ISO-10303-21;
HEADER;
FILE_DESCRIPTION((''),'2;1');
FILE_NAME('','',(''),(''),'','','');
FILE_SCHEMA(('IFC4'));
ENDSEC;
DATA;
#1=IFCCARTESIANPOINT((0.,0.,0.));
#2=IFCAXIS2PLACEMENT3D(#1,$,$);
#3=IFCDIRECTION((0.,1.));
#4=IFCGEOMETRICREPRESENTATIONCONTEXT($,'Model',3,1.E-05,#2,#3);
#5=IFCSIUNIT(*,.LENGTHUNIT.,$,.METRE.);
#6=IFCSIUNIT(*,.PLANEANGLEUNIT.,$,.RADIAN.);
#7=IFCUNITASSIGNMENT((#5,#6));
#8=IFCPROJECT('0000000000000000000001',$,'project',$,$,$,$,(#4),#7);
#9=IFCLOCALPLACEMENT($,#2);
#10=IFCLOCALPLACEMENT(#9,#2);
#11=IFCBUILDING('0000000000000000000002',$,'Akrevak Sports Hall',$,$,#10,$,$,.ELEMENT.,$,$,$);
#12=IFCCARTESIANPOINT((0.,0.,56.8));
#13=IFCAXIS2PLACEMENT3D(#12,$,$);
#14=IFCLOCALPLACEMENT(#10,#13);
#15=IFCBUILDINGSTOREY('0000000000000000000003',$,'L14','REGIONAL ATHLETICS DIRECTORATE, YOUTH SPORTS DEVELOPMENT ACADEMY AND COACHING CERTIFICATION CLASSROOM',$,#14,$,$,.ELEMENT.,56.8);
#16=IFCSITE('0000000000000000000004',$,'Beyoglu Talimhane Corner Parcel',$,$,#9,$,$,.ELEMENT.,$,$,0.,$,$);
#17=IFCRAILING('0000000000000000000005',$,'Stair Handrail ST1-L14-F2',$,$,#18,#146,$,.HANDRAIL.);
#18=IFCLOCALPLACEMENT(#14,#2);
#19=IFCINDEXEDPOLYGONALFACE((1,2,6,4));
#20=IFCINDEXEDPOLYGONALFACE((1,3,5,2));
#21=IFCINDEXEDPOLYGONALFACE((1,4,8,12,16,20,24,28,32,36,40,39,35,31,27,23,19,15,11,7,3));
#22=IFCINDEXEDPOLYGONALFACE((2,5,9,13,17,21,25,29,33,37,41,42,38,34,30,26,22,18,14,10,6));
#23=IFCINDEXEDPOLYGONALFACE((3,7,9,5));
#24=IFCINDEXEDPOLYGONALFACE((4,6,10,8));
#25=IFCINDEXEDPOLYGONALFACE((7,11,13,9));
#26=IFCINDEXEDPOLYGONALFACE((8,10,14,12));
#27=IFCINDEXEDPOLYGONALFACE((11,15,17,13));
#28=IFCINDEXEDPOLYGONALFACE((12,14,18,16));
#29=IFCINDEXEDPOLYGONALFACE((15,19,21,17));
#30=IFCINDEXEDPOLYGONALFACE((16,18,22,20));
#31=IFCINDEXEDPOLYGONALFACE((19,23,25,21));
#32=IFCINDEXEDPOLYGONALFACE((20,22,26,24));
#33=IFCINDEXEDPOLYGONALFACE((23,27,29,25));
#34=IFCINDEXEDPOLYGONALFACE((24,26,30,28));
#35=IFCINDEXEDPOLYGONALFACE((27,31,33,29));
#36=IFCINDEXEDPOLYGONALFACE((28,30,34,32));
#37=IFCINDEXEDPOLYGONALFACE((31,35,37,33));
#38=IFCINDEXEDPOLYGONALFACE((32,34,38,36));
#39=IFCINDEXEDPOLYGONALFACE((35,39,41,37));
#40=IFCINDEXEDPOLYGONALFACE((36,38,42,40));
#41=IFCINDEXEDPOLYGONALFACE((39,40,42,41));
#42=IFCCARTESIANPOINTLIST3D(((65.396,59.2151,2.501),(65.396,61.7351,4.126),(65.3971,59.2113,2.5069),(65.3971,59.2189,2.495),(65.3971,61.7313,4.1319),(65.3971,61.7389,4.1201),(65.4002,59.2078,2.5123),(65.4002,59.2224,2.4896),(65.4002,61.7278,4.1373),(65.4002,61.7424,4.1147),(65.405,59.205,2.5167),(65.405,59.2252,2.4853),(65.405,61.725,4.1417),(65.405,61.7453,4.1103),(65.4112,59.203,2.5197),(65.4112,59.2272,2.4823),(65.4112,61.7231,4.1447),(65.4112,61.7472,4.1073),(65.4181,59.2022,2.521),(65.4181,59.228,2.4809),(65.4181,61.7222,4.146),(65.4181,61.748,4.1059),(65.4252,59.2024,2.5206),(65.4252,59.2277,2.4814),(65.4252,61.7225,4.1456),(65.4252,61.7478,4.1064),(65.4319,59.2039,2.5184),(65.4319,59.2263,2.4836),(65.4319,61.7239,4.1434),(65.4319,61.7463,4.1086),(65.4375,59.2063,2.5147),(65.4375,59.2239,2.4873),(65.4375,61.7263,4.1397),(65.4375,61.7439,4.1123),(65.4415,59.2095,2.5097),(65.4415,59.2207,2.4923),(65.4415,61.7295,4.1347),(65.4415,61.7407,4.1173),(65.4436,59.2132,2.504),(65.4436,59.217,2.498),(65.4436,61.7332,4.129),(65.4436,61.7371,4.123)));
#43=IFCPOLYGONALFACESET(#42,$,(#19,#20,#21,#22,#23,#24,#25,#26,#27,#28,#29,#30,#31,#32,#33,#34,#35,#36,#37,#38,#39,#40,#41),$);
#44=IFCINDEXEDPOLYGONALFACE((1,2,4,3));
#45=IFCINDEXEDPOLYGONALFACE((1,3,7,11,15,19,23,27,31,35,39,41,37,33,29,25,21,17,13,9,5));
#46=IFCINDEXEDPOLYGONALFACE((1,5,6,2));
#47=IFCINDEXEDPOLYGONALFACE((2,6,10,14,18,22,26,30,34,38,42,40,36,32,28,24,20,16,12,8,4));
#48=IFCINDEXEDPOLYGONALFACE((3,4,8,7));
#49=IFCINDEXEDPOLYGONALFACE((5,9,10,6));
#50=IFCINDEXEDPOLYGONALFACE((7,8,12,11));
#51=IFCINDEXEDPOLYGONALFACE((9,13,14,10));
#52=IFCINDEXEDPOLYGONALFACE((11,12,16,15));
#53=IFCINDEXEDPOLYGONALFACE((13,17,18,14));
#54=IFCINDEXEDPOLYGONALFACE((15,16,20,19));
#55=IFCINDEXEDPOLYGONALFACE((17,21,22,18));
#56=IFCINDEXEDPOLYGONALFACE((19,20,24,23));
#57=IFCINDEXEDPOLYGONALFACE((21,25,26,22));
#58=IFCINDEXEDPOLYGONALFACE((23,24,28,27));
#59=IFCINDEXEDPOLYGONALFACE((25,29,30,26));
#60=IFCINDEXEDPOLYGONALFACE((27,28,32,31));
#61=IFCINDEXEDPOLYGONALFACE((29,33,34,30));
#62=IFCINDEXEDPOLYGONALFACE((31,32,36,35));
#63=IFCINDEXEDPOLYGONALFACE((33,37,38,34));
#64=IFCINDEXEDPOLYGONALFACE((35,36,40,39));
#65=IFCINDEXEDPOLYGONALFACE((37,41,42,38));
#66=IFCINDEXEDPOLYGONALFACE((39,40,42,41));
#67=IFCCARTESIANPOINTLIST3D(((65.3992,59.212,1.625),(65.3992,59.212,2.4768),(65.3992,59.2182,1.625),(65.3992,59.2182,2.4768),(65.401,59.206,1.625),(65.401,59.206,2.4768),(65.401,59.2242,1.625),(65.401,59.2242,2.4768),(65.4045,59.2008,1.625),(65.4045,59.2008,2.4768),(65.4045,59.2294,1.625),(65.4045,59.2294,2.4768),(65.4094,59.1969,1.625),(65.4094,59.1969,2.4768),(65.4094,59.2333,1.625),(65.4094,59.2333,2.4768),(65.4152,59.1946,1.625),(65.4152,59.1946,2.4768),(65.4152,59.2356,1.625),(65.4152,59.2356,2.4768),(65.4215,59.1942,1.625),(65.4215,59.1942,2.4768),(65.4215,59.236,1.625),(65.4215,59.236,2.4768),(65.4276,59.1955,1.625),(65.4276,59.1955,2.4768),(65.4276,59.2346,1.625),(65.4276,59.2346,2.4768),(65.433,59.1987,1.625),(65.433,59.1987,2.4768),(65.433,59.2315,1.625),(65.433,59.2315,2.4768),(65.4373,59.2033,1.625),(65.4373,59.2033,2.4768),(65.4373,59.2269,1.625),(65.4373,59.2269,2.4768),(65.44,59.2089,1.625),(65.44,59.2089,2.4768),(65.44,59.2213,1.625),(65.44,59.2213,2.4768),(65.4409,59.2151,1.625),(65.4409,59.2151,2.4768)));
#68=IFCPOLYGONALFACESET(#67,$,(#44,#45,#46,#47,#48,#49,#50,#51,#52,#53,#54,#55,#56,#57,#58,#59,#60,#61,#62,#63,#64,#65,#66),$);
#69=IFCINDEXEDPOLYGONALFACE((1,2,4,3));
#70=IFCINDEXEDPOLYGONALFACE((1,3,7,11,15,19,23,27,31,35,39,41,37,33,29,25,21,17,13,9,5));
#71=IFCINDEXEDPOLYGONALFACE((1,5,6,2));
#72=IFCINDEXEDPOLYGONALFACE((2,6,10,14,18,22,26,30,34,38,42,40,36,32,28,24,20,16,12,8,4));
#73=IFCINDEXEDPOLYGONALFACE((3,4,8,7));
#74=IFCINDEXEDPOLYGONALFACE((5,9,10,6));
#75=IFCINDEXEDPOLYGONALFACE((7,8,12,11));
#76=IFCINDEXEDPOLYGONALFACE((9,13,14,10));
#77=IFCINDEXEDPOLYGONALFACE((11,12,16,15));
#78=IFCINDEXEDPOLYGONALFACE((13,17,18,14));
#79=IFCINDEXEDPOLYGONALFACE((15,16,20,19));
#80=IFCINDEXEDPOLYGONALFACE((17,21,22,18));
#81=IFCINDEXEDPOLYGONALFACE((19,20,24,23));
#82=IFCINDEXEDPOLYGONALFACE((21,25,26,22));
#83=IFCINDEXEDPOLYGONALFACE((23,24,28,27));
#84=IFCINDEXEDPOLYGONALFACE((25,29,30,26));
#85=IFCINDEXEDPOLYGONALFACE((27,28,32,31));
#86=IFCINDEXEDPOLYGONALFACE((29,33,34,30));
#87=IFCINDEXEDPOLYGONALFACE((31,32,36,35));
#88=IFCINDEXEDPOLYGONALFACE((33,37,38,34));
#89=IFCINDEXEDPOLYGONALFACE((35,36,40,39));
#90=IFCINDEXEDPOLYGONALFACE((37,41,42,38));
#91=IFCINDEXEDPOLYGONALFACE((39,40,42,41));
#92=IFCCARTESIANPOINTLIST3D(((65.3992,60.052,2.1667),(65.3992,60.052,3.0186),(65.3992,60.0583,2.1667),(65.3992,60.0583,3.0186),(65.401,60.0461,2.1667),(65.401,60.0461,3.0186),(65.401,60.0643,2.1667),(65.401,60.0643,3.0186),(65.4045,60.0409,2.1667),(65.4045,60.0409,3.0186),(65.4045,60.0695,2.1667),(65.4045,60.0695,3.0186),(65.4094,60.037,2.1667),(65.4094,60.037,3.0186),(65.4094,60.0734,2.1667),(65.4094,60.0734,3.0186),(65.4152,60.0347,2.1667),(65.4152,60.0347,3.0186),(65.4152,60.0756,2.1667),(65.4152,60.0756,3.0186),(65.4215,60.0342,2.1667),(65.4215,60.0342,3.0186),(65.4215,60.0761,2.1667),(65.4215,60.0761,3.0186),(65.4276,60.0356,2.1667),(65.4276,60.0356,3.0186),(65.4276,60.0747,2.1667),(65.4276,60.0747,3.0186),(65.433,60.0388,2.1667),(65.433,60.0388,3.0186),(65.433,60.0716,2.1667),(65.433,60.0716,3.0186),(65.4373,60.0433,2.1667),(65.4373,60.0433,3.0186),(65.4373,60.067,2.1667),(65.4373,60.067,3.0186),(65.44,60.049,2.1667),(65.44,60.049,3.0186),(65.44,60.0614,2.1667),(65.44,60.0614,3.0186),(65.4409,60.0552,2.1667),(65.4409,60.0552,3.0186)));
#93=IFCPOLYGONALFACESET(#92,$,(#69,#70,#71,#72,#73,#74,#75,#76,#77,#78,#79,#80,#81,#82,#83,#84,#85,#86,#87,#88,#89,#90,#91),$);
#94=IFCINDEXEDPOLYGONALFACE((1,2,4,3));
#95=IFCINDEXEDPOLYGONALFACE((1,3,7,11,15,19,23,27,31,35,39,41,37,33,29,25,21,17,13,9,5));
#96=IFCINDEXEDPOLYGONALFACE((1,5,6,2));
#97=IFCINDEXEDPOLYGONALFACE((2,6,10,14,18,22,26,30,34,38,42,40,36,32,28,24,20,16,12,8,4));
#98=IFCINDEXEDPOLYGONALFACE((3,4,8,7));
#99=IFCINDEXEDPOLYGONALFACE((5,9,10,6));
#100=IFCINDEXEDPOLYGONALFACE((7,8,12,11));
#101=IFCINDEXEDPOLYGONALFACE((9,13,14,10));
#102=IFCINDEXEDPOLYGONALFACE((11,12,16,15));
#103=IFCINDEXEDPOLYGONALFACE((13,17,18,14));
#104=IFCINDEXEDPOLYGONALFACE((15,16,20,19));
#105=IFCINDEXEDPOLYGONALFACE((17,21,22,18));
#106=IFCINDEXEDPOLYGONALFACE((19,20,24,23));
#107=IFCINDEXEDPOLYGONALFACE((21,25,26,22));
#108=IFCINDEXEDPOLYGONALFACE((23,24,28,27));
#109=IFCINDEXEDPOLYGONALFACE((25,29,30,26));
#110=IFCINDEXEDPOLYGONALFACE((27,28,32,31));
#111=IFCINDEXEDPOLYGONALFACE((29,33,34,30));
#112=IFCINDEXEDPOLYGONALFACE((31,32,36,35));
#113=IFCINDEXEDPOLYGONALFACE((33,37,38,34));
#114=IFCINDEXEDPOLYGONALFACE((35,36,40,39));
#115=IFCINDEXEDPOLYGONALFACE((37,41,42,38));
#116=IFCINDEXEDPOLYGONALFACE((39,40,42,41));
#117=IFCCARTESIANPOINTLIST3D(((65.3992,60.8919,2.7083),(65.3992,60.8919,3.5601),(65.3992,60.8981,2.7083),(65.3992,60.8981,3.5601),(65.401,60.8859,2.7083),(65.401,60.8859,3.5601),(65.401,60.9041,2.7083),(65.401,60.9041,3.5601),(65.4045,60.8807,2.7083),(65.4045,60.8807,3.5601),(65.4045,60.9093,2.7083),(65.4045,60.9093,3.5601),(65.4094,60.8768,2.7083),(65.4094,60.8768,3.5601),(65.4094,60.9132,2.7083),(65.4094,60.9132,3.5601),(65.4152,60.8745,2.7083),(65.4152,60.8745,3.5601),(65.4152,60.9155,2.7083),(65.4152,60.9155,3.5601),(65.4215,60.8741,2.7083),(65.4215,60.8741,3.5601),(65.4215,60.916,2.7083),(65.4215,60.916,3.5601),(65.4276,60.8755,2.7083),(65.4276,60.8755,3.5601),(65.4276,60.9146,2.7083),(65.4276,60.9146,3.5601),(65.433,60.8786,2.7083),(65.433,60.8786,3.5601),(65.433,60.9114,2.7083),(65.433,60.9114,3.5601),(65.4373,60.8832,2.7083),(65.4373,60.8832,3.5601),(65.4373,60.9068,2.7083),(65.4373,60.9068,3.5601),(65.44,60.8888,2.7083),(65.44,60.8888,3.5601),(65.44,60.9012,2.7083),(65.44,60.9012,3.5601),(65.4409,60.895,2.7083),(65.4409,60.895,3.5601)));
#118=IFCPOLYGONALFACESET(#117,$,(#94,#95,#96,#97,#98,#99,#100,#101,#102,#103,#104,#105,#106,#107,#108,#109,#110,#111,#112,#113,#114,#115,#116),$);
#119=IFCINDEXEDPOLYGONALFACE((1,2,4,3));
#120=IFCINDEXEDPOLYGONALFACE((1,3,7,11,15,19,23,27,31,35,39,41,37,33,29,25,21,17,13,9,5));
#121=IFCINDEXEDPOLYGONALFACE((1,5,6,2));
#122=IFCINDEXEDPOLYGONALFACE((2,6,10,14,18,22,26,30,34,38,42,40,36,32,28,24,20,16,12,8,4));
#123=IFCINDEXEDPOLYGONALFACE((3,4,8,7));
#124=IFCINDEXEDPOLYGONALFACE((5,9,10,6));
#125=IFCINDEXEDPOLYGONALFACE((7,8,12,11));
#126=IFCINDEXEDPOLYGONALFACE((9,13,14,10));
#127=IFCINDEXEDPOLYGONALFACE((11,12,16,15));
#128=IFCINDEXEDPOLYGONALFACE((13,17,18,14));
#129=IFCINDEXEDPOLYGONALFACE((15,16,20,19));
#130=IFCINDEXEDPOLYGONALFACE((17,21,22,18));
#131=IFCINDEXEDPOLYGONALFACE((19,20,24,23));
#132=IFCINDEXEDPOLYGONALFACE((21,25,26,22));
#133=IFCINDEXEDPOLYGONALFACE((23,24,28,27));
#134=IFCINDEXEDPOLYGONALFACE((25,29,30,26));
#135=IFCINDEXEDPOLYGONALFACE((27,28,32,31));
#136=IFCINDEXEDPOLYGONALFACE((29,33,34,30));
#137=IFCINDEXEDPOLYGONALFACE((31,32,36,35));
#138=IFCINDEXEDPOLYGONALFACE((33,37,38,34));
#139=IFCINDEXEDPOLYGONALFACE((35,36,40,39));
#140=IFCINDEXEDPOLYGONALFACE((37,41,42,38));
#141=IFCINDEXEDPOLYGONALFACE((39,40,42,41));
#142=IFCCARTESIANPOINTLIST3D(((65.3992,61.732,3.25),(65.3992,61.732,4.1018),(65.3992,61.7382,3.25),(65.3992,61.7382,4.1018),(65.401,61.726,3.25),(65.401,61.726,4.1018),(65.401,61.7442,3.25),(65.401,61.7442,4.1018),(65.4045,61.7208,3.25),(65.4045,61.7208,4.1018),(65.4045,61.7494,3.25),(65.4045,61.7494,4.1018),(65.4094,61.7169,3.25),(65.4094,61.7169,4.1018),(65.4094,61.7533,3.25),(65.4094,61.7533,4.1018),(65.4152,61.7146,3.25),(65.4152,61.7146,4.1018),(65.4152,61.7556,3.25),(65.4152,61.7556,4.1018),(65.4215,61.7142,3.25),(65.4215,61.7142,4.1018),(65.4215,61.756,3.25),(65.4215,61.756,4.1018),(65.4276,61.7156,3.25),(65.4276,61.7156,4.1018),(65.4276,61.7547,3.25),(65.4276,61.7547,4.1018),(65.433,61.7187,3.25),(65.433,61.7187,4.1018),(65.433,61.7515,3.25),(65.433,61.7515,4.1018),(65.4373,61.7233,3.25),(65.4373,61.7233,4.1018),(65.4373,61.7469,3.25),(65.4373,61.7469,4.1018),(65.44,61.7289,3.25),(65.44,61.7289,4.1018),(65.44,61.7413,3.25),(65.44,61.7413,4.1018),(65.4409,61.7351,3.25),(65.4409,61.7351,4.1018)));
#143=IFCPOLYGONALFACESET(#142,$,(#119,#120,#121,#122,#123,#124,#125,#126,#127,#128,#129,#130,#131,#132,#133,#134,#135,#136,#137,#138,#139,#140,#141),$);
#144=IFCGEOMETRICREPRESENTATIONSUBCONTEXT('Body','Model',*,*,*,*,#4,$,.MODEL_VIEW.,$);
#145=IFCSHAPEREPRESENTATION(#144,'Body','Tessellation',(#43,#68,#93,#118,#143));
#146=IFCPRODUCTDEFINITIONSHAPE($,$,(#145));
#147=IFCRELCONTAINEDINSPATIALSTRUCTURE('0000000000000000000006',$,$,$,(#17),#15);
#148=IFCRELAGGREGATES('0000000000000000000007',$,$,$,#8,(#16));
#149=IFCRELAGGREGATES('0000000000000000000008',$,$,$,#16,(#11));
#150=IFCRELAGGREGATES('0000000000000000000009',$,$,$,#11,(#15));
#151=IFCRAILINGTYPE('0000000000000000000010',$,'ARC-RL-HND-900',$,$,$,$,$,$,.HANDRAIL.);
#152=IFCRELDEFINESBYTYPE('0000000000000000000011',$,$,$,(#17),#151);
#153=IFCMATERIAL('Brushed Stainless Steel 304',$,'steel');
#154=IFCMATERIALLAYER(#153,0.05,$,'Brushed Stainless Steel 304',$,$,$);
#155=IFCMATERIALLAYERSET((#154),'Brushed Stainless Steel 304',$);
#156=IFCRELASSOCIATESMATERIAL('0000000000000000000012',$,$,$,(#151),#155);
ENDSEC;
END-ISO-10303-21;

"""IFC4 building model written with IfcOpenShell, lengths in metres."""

from ifc_helpers import new_model, si_unit, direction, frame, origin, origin_2d, place, context, subcontext, project, spatial, circle, extrude, material, layer, layer_set, type_object, element, save


model = new_model("IFC4")

# Units and contexts
model_context = context("Model", 3, precision=1e-05, world=origin(), true_north=direction((0.0, 1.0)))
body_context = subcontext(model_context, "Body", "Model", "MODEL_VIEW")
ifc_project = project(units=[si_unit("LENGTHUNIT", "METRE"), si_unit("PLANEANGLEUNIT", "RADIAN")], contexts=[model_context])

# Site, building, storey
site_placement = place(None, origin())
site = spatial("IfcSite", under=ifc_project, at=site_placement, Name="Beyoglu Talimhane Corner Parcel", CompositionType="ELEMENT", RefElevation=0.0)
building_placement = place(site_placement, origin())
building = spatial("IfcBuilding", under=site, at=building_placement, Name="Akrevak Sports Hall", CompositionType="ELEMENT")
storey_placement = place(building_placement, frame((0.0, 0.0, 56.8)))
storey = spatial("IfcBuildingStorey", under=building, at=storey_placement, Name="L14", Description="REGIONAL ATHLETICS DIRECTORATE, YOUTH SPORTS DEVELOPMENT ACADEMY AND COACHING CERTIFICATION CLASSROOM", CompositionType="ELEMENT", Elevation=56.8)

# Railing
ifc_material_1 = material(Name="Brushed Stainless Steel 304", Category="steel")
ifc_layer_1 = layer(ifc_material_1, 0.05, Name="Brushed Stainless Steel 304")
ifc_layer_set_1 = layer_set([ifc_layer_1], Name="Brushed Stainless Steel 304")
railing_type_1 = type_object("IfcRailingType", Name="ARC-RL-HND-900", PredefinedType="HANDRAIL", material=ifc_layer_set_1)
railing_1_placement = place(storey_placement, frame((65.4199, 59.2151, 1.625)))
element("IfcRailing", 1, at=railing_1_placement, inside=storey, type_object=railing_type_1, Name="Stair Handrail ST1-L14-F2", PredefinedType="HANDRAIL", context=body_context, shape_type="SweptSolid", body=[
    extrude(circle(Radius=0.0239, at=origin_2d()), frame((0.0, 0.0, 0.876), z_axis=(0.0, 0.840421, 0.541934), x_axis=(-1.0, 0.0, 0.0)), (0.0, 0.0, 1.0), 2.9985),
    extrude(circle(Radius=0.021, at=origin_2d()), origin(), (0.0, 0.0, 1.0), 0.8518),
    extrude(circle(Radius=0.021, at=origin_2d()), frame((0.0, 0.8401, 0.5417)), (0.0, 0.0, 1.0), 0.8518),
    extrude(circle(Radius=0.021, at=origin_2d()), frame((0.0, 1.6799, 1.0833)), (0.0, 0.0, 1.0), 0.8518),
    extrude(circle(Radius=0.021, at=origin_2d()), frame((0.0, 2.52, 1.625)), (0.0, 0.0, 1.0), 0.8518),
])

save(model, "model.ifc")
